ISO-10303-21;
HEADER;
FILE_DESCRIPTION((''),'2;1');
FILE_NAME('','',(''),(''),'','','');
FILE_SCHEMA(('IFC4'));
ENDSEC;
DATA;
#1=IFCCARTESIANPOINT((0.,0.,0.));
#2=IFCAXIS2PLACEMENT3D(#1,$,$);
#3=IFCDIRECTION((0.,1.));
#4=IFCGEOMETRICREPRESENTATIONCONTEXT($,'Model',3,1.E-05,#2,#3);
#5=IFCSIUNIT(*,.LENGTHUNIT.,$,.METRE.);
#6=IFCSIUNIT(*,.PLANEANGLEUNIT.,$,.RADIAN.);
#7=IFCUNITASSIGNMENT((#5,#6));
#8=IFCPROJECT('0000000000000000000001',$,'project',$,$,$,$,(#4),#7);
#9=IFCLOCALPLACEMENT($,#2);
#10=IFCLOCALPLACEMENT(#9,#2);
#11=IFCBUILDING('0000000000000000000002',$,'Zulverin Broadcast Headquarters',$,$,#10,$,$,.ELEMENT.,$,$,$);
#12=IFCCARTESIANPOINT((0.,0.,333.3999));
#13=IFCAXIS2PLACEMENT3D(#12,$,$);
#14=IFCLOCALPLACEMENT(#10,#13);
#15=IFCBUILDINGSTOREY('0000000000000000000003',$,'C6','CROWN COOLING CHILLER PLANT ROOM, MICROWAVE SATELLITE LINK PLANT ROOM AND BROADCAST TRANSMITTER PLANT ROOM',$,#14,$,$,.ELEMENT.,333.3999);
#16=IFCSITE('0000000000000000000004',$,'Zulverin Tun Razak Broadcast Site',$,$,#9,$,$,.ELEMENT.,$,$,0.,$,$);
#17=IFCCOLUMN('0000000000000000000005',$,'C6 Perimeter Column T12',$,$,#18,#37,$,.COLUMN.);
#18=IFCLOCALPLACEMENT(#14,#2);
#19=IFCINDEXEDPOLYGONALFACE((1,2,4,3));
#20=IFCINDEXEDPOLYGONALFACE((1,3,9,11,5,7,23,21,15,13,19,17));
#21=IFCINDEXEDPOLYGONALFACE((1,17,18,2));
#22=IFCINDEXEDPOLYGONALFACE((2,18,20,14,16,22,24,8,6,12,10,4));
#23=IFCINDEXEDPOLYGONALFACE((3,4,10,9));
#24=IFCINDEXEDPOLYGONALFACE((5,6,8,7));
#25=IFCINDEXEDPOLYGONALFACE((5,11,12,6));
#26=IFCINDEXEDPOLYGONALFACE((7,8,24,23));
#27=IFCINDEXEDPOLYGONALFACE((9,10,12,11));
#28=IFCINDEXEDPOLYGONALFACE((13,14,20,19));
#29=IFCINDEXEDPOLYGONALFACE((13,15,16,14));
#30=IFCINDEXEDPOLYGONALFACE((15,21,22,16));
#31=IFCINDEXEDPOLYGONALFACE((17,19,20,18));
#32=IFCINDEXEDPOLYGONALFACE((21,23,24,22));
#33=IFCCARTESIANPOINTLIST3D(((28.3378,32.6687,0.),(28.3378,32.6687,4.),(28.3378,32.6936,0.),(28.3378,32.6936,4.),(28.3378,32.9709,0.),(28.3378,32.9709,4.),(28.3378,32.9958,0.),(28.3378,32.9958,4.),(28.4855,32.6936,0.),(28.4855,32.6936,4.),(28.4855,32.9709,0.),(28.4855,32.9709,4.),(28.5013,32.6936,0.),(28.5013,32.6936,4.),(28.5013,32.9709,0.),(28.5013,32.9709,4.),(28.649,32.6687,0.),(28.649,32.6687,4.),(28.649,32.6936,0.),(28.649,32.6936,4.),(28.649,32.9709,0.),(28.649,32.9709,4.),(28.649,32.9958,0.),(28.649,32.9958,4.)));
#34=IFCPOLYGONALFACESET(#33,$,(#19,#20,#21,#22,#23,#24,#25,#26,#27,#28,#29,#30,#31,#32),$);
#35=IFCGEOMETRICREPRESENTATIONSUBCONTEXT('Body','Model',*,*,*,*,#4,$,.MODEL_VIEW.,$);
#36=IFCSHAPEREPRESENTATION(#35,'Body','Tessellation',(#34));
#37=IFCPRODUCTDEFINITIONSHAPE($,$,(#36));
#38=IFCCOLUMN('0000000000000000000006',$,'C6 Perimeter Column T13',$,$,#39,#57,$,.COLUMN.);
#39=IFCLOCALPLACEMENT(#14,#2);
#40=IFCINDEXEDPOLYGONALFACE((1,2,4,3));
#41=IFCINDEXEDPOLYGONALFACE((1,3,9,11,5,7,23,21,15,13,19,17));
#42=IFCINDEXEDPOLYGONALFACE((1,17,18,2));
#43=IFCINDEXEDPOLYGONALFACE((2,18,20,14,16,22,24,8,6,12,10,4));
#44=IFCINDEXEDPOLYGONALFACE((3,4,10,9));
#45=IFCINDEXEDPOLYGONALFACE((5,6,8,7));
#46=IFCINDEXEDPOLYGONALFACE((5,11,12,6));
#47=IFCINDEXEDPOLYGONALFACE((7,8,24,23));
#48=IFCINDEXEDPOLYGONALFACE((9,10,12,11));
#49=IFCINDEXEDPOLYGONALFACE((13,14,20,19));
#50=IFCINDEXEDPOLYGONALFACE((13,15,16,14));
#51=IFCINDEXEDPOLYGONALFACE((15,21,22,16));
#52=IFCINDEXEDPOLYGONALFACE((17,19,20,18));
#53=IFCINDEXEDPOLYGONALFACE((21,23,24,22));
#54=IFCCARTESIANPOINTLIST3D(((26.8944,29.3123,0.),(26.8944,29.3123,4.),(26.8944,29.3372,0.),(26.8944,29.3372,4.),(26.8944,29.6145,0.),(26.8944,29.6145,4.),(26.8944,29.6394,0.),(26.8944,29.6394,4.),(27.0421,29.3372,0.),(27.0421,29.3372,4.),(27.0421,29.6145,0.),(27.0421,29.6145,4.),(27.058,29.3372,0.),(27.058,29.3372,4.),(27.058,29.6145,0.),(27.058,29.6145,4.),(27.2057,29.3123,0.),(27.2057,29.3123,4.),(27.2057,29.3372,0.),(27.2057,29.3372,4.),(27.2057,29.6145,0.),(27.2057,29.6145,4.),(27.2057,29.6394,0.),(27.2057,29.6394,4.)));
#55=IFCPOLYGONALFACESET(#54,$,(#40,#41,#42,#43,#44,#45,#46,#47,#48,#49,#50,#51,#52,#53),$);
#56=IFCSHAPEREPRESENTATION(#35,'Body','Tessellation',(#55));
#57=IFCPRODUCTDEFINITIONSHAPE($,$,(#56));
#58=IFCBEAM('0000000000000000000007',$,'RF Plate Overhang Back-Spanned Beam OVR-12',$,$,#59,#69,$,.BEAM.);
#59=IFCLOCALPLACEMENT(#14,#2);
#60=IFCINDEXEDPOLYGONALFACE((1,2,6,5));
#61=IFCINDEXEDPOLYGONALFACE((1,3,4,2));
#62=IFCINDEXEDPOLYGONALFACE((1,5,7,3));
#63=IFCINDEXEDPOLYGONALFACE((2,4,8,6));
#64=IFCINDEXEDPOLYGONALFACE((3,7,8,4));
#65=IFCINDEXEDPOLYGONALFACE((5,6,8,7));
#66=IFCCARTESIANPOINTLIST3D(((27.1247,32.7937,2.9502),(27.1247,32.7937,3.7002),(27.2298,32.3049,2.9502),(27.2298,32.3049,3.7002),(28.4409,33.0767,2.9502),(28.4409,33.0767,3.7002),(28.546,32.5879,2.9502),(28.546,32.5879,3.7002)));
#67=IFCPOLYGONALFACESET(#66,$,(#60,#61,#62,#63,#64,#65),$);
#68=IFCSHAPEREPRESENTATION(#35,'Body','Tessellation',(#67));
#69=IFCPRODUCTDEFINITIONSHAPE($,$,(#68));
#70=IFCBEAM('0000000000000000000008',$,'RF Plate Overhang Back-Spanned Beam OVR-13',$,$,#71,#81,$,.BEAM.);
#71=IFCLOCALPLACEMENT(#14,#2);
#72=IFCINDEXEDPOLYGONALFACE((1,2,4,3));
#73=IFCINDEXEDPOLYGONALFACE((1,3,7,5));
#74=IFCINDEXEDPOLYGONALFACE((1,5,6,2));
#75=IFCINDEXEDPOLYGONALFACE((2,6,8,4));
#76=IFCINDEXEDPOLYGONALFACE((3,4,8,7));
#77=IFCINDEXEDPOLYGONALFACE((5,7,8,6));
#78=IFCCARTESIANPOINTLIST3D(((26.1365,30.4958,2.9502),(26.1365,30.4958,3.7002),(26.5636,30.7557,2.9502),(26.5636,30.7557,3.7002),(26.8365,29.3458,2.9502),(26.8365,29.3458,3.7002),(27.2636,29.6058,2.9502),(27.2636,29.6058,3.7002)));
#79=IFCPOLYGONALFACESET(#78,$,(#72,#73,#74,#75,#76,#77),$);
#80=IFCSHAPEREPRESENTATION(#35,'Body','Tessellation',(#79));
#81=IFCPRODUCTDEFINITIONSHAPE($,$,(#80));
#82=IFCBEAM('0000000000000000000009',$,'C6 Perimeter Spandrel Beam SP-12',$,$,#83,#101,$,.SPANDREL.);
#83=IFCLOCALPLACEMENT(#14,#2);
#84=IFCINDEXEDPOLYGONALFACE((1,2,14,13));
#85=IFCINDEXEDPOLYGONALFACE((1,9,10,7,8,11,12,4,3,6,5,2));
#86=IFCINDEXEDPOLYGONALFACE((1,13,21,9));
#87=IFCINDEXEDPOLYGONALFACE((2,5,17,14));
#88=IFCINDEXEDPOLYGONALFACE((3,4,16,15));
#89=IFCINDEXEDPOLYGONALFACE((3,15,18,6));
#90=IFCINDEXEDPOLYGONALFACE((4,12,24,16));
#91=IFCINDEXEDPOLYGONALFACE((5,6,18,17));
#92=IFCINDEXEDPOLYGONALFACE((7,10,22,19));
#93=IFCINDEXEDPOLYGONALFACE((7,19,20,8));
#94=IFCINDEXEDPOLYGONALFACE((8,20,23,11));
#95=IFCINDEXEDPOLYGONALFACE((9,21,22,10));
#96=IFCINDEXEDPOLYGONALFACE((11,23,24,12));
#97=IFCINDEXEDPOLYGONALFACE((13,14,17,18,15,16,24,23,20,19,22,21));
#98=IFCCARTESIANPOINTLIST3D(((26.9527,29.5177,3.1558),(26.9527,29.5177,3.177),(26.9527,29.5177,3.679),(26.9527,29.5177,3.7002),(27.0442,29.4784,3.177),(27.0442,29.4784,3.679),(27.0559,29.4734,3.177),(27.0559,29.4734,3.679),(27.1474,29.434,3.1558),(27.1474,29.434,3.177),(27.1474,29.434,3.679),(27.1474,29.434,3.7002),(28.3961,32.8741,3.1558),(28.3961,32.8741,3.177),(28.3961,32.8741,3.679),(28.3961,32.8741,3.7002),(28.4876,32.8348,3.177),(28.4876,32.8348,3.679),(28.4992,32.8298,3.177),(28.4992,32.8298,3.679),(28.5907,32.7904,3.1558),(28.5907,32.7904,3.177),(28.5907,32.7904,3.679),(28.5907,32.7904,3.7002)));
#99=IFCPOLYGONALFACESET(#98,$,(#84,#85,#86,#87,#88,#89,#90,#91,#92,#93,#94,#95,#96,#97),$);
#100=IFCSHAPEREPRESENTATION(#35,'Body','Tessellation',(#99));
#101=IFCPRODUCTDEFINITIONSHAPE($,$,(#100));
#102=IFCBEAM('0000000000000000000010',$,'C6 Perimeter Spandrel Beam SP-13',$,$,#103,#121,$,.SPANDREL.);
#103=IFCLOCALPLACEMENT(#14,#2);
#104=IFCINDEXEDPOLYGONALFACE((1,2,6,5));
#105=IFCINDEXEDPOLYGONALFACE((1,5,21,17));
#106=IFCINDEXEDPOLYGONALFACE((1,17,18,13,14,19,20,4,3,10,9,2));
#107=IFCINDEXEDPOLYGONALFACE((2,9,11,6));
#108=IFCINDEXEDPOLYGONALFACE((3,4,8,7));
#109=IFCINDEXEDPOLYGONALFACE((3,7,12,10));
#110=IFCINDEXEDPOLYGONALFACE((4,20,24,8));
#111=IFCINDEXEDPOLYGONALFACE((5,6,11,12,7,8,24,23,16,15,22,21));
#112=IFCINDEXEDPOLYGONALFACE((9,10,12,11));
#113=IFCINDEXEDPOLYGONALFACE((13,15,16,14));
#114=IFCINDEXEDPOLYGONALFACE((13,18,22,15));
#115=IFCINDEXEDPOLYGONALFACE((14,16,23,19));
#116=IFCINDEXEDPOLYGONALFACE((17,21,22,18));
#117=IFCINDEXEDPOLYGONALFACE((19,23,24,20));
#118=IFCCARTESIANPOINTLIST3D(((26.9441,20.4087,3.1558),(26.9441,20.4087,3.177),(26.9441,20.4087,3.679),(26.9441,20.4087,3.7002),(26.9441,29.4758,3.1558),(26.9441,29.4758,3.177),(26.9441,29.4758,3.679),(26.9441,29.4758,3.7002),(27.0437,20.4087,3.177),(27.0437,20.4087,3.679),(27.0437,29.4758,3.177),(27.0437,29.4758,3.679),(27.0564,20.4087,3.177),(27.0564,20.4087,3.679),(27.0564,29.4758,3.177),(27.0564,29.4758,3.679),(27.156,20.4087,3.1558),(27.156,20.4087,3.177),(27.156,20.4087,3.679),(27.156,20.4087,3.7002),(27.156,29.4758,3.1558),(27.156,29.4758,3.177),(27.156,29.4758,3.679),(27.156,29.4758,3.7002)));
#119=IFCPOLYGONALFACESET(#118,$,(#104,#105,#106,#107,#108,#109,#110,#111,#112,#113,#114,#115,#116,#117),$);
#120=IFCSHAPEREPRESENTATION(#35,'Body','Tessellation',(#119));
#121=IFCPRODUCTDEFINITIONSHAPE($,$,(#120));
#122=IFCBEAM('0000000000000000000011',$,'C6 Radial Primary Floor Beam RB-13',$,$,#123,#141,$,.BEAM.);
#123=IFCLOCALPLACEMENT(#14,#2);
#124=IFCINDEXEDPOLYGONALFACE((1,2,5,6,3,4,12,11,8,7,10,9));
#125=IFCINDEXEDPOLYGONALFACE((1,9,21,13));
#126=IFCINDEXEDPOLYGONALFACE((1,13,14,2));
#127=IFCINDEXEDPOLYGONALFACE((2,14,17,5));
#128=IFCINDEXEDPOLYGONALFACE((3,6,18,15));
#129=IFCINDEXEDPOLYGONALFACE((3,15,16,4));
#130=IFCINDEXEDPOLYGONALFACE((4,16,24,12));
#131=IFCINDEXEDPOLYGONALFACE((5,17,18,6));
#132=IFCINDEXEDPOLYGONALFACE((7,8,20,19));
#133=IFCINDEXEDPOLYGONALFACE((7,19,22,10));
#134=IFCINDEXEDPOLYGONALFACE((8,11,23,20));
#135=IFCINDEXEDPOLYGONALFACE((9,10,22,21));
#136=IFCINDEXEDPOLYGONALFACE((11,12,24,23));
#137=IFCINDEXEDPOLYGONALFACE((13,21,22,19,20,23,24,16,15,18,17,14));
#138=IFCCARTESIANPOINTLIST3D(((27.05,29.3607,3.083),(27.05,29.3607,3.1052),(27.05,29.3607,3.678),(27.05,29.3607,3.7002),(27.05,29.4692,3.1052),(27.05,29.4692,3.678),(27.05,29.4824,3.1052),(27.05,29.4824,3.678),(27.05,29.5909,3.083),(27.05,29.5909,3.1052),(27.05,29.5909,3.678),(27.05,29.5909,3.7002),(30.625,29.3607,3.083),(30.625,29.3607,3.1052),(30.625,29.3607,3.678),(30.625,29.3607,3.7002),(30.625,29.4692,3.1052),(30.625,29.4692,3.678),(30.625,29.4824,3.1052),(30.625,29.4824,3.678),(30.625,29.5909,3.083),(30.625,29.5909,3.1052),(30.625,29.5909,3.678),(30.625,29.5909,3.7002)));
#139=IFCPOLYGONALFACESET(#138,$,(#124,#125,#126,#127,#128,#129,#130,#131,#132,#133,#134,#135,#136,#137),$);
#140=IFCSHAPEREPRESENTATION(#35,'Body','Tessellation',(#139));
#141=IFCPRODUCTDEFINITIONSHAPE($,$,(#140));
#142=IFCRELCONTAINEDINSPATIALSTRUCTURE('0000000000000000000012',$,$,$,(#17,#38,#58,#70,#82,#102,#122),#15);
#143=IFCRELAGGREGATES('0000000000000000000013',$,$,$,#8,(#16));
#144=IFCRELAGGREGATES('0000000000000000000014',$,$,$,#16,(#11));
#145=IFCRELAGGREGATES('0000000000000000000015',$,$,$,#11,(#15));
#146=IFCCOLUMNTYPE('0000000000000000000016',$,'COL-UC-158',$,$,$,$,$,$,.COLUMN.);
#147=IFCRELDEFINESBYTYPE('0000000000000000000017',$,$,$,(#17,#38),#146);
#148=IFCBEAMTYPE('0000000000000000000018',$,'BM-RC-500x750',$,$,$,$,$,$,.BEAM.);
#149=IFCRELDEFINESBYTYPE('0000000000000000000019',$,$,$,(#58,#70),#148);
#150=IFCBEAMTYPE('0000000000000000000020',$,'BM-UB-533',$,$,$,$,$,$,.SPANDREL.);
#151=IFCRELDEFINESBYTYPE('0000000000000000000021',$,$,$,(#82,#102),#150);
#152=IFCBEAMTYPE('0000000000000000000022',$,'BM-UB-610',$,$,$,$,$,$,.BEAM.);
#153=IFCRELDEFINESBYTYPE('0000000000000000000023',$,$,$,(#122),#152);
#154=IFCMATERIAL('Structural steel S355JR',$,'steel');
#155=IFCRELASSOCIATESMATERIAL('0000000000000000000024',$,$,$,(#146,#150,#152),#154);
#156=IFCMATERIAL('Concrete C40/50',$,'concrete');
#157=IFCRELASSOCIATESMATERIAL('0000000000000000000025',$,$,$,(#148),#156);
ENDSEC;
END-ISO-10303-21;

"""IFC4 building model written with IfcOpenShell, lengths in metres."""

from ifc_helpers import new_model, si_unit, direction, frame, origin, origin_2d, place, context, subcontext, project, spatial, rectangle, i_section, extrude, material, material_profile, profile_set, type_object, element, save


model = new_model("IFC4")

# Units and contexts
model_context = context("Model", 3, precision=1e-05, world=origin(), true_north=direction((0.0, 1.0)))
body_context = subcontext(model_context, "Body", "Model", "MODEL_VIEW")
ifc_project = project(units=[si_unit("LENGTHUNIT", "METRE"), si_unit("PLANEANGLEUNIT", "RADIAN")], contexts=[model_context])

# Site, building, storey
site_placement = place(None, origin())
site = spatial("IfcSite", under=ifc_project, at=site_placement, Name="Zulverin Tun Razak Broadcast Site", CompositionType="ELEMENT", RefElevation=0.0)
building_placement = place(site_placement, origin())
building = spatial("IfcBuilding", under=site, at=building_placement, Name="Zulverin Broadcast Headquarters", CompositionType="ELEMENT")
storey_placement = place(building_placement, frame((0.0, 0.0, 333.3999)))
storey = spatial("IfcBuildingStorey", under=building, at=storey_placement, Name="C6", Description="CROWN COOLING CHILLER PLANT ROOM, MICROWAVE SATELLITE LINK PLANT ROOM AND BROADCAST TRANSMITTER PLANT ROOM", CompositionType="ELEMENT", Elevation=333.3999)

# Columns
ifc_material_1 = material(Name="Structural steel S355JR", Category="steel")
ifc_material_profile_1 = material_profile(ifc_material_1, i_section(OverallWidth=0.3113, OverallDepth=0.3271, WebThickness=0.0159, FlangeThickness=0.0249, at=origin_2d()), Name="Structural steel S355JR", Category="steel")
ifc_profile_set_1 = profile_set([ifc_material_profile_1], Name="Structural steel S355JR")
column_type = type_object("IfcColumnType", Name="COL-UC-158", PredefinedType="COLUMN", material=ifc_profile_set_1)
for number, where, z_axis, x_axis, name in (
    (1, (28.4934, 32.8323, 0.0), (0.0, 0.0, 1.0), (1.0, 0.0, 0.0), "C6 Perimeter Column T12"),
    (2, (27.05, 29.4758, 0.0), (0.0, 0.0, 1.0), (1.0, 0.0, 0.0), "C6 Perimeter Column T13"),
):
    element("IfcColumn", number, at=place(storey_placement, frame(where, z_axis=z_axis, x_axis=x_axis)), inside=storey, type_object=column_type, Name=name, PredefinedType="COLUMN", context=body_context, shape_type="SweptSolid", body=[
        extrude(i_section(OverallWidth=0.3113, OverallDepth=0.3271, WebThickness=0.0159, FlangeThickness=0.0249, at=origin_2d()), origin(), (0.0, 0.0, 1.0), 4.0),
    ])

# Beams
ifc_material_2 = material(Name="Concrete C40/50", Category="concrete")
ifc_material_profile_2 = material_profile(ifc_material_2, rectangle(XDim=0.5, YDim=0.75, at=origin_2d()), Name="Concrete C40/50", Category="concrete")
ifc_profile_set_2 = profile_set([ifc_material_profile_2], Name="Concrete C40/50")
beam_type_1 = type_object("IfcBeamType", Name="BM-RC-500x750", PredefinedType="BEAM", material=ifc_profile_set_2)
for number, where, z_axis, x_axis, name in (
    (3, (28.4934, 32.8323, 3.3252), (-0.977662, -0.210185, 0.0), (0.210185, -0.977662, 0.0), "RF Plate Overhang Back-Spanned Beam OVR-12"),
    (4, (27.05, 29.4758, 3.3252), (-0.519953, 0.854195, 0.0), (-0.854195, -0.519953, 0.0), "RF Plate Overhang Back-Spanned Beam OVR-13"),
):
    element("IfcBeam", number, at=place(storey_placement, frame(where, z_axis=z_axis, x_axis=x_axis)), inside=storey, type_object=beam_type_1, Name=name, PredefinedType="BEAM", context=body_context, shape_type="SweptSolid", body=[
        extrude(rectangle(XDim=0.5, YDim=0.75, at=origin_2d()), origin(), (0.0, 0.0, 1.0), 1.3462),
    ])
ifc_material_profile_3 = material_profile(ifc_material_1, i_section(OverallWidth=0.2119, OverallDepth=0.5444, WebThickness=0.0127, FlangeThickness=0.0212, at=origin_2d()), Name="Structural steel S355JR", Category="steel")
ifc_profile_set_3 = profile_set([ifc_material_profile_3], Name="Structural steel S355JR")
beam_type_2 = type_object("IfcBeamType", Name="BM-UB-533", PredefinedType="SPANDREL", material=ifc_profile_set_3)
beam_1_placement = place(storey_placement, frame((28.4934, 32.8323, 3.428), z_axis=(-0.395048, -0.91866, 0.0), x_axis=(0.91866, -0.395048, 0.0)))
element("IfcBeam", 5, at=beam_1_placement, inside=storey, type_object=beam_type_2, Name="C6 Perimeter Spandrel Beam SP-12", PredefinedType="SPANDREL", context=body_context, shape_type="SweptSolid", body=[
    extrude(i_section(OverallWidth=0.2119, OverallDepth=0.5444, WebThickness=0.0127, FlangeThickness=0.0212, at=origin_2d()), origin(), (0.0, 0.0, 1.0), 3.6536),
])
beam_2_placement = place(storey_placement, frame((27.05, 29.4758, 3.428), z_axis=(0.0, -1.0, 0.0), x_axis=(1.0, 0.0, 0.0)))
element("IfcBeam", 6, at=beam_2_placement, inside=storey, type_object=beam_type_2, Name="C6 Perimeter Spandrel Beam SP-13", PredefinedType="SPANDREL", context=body_context, shape_type="SweptSolid", body=[
    extrude(i_section(OverallWidth=0.2119, OverallDepth=0.5444, WebThickness=0.0127, FlangeThickness=0.0212, at=origin_2d()), origin(), (0.0, 0.0, 1.0), 9.0671),
])
ifc_material_profile_4 = material_profile(ifc_material_1, i_section(OverallWidth=0.2302, OverallDepth=0.6172, WebThickness=0.0132, FlangeThickness=0.0222, at=origin_2d()), Name="Structural steel S355JR", Category="steel")
ifc_profile_set_4 = profile_set([ifc_material_profile_4], Name="Structural steel S355JR")
beam_type_3 = type_object("IfcBeamType", Name="BM-UB-610", PredefinedType="BEAM", material=ifc_profile_set_4)
beam_3_placement = place(storey_placement, frame((30.625, 29.4758, 3.3916), z_axis=(-1.0, 0.0, 0.0), x_axis=(0.0, -1.0, 0.0)))
element("IfcBeam", 7, at=beam_3_placement, inside=storey, type_object=beam_type_3, Name="C6 Radial Primary Floor Beam RB-13", PredefinedType="BEAM", context=body_context, shape_type="SweptSolid", body=[
    extrude(i_section(OverallWidth=0.2302, OverallDepth=0.6172, WebThickness=0.0132, FlangeThickness=0.0222, at=origin_2d()), origin(), (0.0, 0.0, 1.0), 3.575),
])

save(model, "model.ifc")
